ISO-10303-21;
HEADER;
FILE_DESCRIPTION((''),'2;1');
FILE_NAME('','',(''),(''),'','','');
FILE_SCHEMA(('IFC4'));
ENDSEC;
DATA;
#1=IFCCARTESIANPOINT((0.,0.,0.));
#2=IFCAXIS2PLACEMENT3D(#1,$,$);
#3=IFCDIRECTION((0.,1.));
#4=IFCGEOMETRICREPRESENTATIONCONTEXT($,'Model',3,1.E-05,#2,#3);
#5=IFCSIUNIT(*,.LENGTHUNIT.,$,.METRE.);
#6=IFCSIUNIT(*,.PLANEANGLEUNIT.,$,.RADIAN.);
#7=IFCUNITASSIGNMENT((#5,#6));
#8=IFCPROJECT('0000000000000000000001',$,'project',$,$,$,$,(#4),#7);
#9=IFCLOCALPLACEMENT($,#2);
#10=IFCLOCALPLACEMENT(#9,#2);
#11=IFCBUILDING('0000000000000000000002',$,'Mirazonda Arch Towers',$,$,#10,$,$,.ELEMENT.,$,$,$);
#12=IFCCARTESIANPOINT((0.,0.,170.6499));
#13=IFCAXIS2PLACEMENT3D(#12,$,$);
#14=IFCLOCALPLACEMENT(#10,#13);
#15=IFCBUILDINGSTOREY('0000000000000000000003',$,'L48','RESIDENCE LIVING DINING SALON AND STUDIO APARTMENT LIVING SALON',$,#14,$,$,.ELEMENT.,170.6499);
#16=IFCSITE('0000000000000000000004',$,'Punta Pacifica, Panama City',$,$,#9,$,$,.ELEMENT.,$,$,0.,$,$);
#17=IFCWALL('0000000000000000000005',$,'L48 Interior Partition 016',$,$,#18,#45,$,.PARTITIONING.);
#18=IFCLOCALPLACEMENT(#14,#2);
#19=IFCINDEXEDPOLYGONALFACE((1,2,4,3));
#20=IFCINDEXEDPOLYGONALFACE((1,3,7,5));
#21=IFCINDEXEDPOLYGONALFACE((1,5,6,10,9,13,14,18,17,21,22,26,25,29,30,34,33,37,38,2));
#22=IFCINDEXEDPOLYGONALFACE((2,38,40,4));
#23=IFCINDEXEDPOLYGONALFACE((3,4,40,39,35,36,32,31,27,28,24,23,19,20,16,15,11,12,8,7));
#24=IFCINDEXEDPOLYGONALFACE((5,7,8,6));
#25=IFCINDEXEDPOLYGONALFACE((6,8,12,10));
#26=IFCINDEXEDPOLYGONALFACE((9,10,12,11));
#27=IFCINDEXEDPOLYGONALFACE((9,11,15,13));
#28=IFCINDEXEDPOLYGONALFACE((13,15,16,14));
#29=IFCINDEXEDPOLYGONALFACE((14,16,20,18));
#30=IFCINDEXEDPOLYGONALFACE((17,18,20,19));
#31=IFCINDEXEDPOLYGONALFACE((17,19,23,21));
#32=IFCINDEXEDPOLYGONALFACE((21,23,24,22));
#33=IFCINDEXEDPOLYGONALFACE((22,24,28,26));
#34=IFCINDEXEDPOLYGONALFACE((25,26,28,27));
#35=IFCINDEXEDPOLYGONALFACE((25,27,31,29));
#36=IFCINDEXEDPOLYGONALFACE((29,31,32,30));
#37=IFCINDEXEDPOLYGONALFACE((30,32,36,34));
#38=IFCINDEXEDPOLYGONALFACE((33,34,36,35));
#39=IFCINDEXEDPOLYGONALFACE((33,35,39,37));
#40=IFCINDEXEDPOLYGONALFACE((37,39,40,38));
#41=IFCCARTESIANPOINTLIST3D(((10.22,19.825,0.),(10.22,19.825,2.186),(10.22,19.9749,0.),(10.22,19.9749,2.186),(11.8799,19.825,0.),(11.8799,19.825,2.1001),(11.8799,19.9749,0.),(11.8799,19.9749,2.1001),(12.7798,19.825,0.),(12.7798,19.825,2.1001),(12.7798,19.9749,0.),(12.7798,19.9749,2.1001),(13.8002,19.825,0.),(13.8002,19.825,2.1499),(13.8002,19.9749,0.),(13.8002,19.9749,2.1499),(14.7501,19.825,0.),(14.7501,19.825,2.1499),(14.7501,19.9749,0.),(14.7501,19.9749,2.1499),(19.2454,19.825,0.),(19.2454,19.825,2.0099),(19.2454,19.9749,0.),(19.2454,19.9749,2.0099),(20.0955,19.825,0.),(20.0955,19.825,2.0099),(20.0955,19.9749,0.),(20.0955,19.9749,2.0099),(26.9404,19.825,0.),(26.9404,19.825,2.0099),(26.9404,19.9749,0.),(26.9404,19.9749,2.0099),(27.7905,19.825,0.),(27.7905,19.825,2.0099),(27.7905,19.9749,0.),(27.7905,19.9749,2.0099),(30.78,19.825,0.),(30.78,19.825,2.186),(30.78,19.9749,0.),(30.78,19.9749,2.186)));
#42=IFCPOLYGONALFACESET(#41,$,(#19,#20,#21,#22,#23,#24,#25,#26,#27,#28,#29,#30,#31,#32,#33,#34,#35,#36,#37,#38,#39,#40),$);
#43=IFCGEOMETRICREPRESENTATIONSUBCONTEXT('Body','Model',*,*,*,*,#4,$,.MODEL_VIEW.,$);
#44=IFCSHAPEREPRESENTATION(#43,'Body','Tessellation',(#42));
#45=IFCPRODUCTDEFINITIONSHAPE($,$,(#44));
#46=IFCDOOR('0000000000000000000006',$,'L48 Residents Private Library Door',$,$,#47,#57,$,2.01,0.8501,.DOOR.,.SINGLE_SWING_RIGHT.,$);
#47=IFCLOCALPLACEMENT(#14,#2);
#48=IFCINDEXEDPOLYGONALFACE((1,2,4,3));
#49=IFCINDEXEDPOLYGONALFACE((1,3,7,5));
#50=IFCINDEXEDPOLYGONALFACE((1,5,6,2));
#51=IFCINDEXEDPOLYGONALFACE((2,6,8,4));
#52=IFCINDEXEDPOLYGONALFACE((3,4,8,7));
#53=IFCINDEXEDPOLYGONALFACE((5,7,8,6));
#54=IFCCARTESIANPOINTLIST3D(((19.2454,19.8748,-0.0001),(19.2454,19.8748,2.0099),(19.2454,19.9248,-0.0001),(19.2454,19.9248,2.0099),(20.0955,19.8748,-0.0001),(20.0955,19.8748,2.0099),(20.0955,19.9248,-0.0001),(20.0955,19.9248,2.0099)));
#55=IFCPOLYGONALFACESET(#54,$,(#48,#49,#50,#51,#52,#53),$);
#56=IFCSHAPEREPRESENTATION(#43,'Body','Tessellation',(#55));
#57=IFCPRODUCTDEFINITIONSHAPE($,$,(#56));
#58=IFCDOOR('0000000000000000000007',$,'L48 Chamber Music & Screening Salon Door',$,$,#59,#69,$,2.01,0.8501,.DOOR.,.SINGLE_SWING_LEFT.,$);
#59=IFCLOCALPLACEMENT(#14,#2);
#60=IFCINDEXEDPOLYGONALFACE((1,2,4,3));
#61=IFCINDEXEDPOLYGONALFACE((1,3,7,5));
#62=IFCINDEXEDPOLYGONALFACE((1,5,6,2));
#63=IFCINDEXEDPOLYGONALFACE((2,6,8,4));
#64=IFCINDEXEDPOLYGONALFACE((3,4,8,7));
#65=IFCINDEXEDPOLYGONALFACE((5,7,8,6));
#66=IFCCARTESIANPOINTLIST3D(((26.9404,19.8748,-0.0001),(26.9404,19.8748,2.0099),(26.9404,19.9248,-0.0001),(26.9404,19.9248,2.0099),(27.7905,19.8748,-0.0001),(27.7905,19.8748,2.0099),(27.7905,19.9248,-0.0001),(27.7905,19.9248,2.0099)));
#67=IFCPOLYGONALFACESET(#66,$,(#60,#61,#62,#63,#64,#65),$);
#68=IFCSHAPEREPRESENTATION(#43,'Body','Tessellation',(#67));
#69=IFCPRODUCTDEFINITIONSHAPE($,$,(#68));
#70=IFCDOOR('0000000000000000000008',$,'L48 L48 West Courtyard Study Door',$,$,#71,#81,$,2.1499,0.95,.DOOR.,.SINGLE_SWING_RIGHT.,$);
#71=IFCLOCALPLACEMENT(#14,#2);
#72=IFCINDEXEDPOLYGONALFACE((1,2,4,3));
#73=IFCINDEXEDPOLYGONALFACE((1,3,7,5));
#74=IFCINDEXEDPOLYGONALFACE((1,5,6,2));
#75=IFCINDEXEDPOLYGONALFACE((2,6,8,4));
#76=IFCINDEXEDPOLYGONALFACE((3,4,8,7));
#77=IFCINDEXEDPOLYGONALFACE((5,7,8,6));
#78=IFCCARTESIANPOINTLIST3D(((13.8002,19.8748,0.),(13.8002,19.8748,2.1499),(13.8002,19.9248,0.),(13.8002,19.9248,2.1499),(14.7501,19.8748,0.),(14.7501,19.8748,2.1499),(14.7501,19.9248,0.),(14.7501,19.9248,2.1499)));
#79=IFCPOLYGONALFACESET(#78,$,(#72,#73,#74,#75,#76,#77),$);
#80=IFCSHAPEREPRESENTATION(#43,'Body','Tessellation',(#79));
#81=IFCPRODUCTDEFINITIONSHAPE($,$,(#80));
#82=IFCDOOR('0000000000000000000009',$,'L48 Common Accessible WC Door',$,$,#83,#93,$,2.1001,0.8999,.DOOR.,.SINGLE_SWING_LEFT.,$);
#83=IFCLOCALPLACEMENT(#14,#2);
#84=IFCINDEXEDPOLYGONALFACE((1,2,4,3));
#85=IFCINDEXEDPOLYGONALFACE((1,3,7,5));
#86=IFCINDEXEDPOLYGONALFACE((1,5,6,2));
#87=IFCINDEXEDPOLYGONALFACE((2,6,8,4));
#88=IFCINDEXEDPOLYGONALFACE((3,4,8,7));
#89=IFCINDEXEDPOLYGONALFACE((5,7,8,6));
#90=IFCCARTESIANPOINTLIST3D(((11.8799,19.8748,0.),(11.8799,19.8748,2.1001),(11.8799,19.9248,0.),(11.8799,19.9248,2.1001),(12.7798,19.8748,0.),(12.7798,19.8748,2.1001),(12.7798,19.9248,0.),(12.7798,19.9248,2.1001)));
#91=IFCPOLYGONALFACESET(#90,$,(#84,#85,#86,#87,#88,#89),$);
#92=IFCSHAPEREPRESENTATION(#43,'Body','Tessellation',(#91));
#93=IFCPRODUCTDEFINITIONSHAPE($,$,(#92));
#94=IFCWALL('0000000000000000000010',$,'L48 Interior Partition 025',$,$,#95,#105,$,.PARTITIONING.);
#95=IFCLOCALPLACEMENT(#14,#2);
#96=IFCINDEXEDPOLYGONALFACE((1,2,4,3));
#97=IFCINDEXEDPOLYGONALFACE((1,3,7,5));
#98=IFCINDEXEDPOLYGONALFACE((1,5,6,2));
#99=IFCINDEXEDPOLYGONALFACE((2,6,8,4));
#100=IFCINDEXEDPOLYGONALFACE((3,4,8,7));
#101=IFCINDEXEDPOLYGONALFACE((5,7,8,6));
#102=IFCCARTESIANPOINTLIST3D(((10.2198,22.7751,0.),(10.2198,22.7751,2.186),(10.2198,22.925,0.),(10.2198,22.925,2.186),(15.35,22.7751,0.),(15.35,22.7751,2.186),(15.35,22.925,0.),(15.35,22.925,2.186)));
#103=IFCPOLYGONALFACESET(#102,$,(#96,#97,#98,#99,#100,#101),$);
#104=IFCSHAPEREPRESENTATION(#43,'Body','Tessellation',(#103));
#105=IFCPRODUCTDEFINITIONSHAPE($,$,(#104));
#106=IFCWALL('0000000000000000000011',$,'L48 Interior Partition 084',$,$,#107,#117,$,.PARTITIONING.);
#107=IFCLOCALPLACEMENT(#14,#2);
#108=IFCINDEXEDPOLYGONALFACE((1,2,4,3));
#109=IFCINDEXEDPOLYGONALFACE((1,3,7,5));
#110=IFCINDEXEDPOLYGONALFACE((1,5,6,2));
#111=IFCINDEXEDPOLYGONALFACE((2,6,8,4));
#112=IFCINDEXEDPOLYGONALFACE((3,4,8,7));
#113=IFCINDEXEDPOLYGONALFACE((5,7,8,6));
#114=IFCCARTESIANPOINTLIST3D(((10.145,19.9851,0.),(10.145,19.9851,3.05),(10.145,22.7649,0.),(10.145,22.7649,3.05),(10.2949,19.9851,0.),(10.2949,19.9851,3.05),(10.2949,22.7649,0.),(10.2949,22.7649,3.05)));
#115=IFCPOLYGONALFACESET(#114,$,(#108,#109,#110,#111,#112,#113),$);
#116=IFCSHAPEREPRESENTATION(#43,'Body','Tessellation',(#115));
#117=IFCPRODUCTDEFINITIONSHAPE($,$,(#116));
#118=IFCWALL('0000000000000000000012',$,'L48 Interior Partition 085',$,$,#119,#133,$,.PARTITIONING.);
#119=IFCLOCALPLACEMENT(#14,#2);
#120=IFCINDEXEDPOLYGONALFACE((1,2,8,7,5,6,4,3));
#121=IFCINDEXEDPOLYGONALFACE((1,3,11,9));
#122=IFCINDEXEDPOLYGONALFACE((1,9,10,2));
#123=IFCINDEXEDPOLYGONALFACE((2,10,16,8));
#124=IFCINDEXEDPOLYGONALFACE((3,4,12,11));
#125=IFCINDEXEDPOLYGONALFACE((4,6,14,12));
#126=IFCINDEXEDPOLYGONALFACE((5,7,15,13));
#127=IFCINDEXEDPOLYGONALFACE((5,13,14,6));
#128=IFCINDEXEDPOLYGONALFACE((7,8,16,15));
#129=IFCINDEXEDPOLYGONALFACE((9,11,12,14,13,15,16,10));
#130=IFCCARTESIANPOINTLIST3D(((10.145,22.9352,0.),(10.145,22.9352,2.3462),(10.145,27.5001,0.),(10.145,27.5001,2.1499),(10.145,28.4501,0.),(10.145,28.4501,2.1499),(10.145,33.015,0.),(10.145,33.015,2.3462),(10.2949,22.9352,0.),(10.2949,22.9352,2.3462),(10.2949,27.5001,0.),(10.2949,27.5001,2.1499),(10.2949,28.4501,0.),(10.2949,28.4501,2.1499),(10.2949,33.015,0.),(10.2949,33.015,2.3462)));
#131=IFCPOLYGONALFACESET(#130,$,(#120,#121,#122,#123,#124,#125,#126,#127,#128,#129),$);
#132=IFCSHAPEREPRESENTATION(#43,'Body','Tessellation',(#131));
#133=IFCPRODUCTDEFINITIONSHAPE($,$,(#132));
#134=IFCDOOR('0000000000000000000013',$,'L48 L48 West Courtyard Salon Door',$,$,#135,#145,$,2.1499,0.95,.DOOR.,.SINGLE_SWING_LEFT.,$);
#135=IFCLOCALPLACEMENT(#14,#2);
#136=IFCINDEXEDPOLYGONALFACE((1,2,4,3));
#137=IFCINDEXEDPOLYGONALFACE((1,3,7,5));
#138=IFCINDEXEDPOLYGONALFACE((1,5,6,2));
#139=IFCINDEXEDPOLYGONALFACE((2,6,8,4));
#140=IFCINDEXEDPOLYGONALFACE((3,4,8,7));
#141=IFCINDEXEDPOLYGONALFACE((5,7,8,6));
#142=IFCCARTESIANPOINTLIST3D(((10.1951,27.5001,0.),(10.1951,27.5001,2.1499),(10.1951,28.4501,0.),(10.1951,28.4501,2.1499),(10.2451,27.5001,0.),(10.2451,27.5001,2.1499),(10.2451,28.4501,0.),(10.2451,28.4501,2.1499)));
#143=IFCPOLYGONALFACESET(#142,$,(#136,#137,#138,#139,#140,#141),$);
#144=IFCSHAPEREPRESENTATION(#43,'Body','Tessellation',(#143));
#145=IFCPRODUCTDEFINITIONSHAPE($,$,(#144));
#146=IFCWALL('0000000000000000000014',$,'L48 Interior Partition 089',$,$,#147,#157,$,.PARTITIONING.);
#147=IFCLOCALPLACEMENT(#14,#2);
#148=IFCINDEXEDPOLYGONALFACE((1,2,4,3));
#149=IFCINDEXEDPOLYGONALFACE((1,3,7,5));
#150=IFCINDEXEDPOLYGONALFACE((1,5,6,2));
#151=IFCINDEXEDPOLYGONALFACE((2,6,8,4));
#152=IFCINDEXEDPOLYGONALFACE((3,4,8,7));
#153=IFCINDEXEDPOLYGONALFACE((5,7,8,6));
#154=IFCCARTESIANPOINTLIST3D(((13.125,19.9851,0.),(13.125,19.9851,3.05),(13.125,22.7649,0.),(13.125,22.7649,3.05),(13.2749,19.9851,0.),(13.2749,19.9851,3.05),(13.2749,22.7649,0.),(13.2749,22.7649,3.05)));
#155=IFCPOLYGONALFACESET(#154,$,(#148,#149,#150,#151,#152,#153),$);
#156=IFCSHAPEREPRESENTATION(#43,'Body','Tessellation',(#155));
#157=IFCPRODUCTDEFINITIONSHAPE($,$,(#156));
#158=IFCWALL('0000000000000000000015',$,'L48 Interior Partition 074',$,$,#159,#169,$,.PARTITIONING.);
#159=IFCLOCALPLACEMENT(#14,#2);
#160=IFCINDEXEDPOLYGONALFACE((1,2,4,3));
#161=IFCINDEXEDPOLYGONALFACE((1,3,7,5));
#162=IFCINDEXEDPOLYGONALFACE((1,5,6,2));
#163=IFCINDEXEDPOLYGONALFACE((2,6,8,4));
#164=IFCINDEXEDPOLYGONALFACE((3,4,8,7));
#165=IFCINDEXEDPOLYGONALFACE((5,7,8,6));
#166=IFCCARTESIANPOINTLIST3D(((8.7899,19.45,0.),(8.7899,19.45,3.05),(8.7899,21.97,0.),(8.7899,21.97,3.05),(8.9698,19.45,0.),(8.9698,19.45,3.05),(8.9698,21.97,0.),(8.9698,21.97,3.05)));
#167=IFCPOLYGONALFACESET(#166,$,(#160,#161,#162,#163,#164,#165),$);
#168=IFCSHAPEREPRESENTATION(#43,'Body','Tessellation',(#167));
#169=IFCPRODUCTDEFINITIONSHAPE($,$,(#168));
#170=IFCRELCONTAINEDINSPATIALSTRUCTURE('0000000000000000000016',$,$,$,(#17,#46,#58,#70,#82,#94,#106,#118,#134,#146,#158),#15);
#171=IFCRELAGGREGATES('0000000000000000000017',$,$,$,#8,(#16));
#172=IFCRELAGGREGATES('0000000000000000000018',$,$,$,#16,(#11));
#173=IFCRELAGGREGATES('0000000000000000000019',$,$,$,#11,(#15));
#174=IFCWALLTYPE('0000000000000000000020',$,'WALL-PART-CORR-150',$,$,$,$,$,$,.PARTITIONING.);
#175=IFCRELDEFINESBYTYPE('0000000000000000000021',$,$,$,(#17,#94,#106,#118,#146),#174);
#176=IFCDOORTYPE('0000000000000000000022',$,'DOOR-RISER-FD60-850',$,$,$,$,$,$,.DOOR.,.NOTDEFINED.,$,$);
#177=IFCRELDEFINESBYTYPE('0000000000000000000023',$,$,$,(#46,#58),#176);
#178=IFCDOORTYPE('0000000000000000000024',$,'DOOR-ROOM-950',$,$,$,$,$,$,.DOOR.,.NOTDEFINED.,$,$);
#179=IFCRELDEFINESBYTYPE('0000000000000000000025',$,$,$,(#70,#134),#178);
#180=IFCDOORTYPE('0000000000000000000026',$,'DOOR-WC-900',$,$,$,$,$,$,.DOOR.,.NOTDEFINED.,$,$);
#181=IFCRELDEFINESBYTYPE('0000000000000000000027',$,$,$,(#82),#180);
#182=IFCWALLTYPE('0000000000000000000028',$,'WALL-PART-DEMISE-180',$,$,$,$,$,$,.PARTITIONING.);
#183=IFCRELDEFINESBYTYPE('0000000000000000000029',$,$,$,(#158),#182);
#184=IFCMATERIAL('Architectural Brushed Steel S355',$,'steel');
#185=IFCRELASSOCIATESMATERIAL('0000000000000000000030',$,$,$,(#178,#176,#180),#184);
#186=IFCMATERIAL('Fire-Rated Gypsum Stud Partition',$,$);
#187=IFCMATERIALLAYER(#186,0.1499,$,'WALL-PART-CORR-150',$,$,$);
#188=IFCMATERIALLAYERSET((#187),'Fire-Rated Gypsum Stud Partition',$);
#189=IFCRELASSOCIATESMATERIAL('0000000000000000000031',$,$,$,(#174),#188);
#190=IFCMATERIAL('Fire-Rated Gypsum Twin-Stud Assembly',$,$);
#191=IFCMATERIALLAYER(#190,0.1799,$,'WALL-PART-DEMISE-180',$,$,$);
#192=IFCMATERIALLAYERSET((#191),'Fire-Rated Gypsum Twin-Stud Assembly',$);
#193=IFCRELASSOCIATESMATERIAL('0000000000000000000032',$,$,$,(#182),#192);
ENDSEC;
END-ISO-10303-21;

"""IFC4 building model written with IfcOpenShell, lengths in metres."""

from ifc_helpers import new_model, si_unit, direction, frame, frame_2d, origin, place, context, subcontext, project, spatial, rectangle, extrude, material, layer, layer_set, type_object, element, fill, save


model = new_model("IFC4")

# Units and contexts
model_context = context("Model", 3, precision=1e-05, world=origin(), true_north=direction((0.0, 1.0)))
body_context = subcontext(model_context, "Body", "Model", "MODEL_VIEW")
ifc_project = project(units=[si_unit("LENGTHUNIT", "METRE"), si_unit("PLANEANGLEUNIT", "RADIAN")], contexts=[model_context])

# Site, building, storey
site_placement = place(None, origin())
site = spatial("IfcSite", under=ifc_project, at=site_placement, Name="Punta Pacifica, Panama City", CompositionType="ELEMENT", RefElevation=0.0)
building_placement = place(site_placement, origin())
building = spatial("IfcBuilding", under=site, at=building_placement, Name="Mirazonda Arch Towers", CompositionType="ELEMENT")
storey_placement = place(building_placement, frame((0.0, 0.0, 170.6499)))
storey = spatial("IfcBuildingStorey", under=building, at=storey_placement, Name="L48", Description="RESIDENCE LIVING DINING SALON AND STUDIO APARTMENT LIVING SALON", CompositionType="ELEMENT", Elevation=170.6499)

# Shared definitions
ifc_material_1 = material(Name="Architectural Brushed Steel S355", Category="steel")

# Shared definitions
door_type_1 = type_object("IfcDoorType", Name="DOOR-ROOM-950", OperationType="NOTDEFINED", PredefinedType="DOOR", material=ifc_material_1)

# Shared definitions
ifc_material_2 = material(Name="Fire-Rated Gypsum Stud Partition")
ifc_layer_1 = layer(ifc_material_2, 0.1499, Name="WALL-PART-CORR-150")
ifc_layer_set_1 = layer_set([ifc_layer_1], Name="Fire-Rated Gypsum Stud Partition")
wall_type_1 = type_object("IfcWallType", Name="WALL-PART-CORR-150", PredefinedType="PARTITIONING", material=ifc_layer_set_1)

# Wall, openings, doors
wall_1_placement = place(storey_placement, frame((10.22, 19.8999, 0.0), z_axis=(0.0, 0.0, 1.0), x_axis=(1.0, 0.0, 0.0)))
wall_1 = element("IfcWall", 1, at=wall_1_placement, inside=storey, type_object=wall_type_1, Name="L48 Interior Partition 016", PredefinedType="PARTITIONING", context=body_context, shape_type="SweptSolid", body=[
    extrude(rectangle(XDim=20.5601, YDim=0.1499, at=frame_2d((10.28, 0.0))), origin(), (0.0, 0.0, 1.0), 2.186),
])
opening_1_placement = place(wall_1_placement, frame((1.6599, 0.0, 0.0)))
opening_1 = element("IfcOpeningElement", 2, at=opening_1_placement, cuts=wall_1, PredefinedType="OPENING", context=body_context, shape_type="SweptSolid", body=[
    extrude(rectangle(XDim=0.8999, YDim=2.1001, at=frame_2d((0.45, 1.05))), frame((0.0, 0.085, 0.0), z_axis=(0.0, -1.0, 0.0), x_axis=(1.0, 0.0, 0.0)), (0.0, 0.0, 1.0), 0.1699),
])
opening_2_placement = place(wall_1_placement, frame((3.5801, 0.0, 0.0)))
opening_2 = element("IfcOpeningElement", 3, at=opening_2_placement, cuts=wall_1, PredefinedType="OPENING", context=body_context, shape_type="SweptSolid", body=[
    extrude(rectangle(XDim=0.95, YDim=2.1499, at=frame_2d((0.4751, 1.075))), frame((0.0, 0.085, 0.0), z_axis=(0.0, -1.0, 0.0), x_axis=(1.0, 0.0, 0.0)), (0.0, 0.0, 1.0), 0.1699),
])
opening_3_placement = place(wall_1_placement, frame((9.0254, 0.0, 0.0)))
opening_3 = element("IfcOpeningElement", 4, at=opening_3_placement, cuts=wall_1, PredefinedType="OPENING", context=body_context, shape_type="SweptSolid", body=[
    extrude(rectangle(XDim=0.8501, YDim=2.01, at=frame_2d((0.425, 1.0049))), frame((0.0, 0.085, 0.0), z_axis=(0.0, -1.0, 0.0), x_axis=(1.0, 0.0, 0.0)), (0.0, 0.0, 1.0), 0.1699),
])
opening_4_placement = place(wall_1_placement, frame((16.7205, 0.0, 0.0)))
opening_4 = element("IfcOpeningElement", 5, at=opening_4_placement, cuts=wall_1, PredefinedType="OPENING", context=body_context, shape_type="SweptSolid", body=[
    extrude(rectangle(XDim=0.8501, YDim=2.01, at=frame_2d((0.425, 1.0049))), frame((0.0, 0.085, 0.0), z_axis=(0.0, -1.0, 0.0), x_axis=(1.0, 0.0, 0.0)), (0.0, 0.0, 1.0), 0.1699),
])
door_type_2 = type_object("IfcDoorType", Name="DOOR-RISER-FD60-850", OperationType="NOTDEFINED", PredefinedType="DOOR", material=ifc_material_1)
door_1_placement = place(opening_3_placement, origin())
door_1 = element("IfcDoor", 6, at=door_1_placement, inside=storey, type_object=door_type_2, Name="L48 Residents Private Library Door", OperationType="SINGLE_SWING_RIGHT", OverallHeight=2.01, OverallWidth=0.8501, PredefinedType="DOOR", context=body_context, shape_type="SweptSolid", body=[
    extrude(rectangle(XDim=0.8501, YDim=2.01, at=frame_2d((0.425, 1.0049))), frame((0.0, 0.0249, 0.0), z_axis=(0.0, -1.0, 0.0), x_axis=(1.0, 0.0, 0.0)), (0.0, 0.0, 1.0), 0.05),
])
fill(opening_3, door_1)
door_2_placement = place(opening_4_placement, origin())
door_2 = element("IfcDoor", 7, at=door_2_placement, inside=storey, type_object=door_type_2, Name="L48 Chamber Music & Screening Salon Door", OperationType="SINGLE_SWING_LEFT", OverallHeight=2.01, OverallWidth=0.8501, PredefinedType="DOOR", context=body_context, shape_type="SweptSolid", body=[
    extrude(rectangle(XDim=0.8501, YDim=2.01, at=frame_2d((0.425, 1.0049))), frame((0.0, 0.0249, 0.0), z_axis=(0.0, -1.0, 0.0), x_axis=(1.0, 0.0, 0.0)), (0.0, 0.0, 1.0), 0.05),
])
fill(opening_4, door_2)
door_3_placement = place(opening_2_placement, origin())
door_3 = element("IfcDoor", 8, at=door_3_placement, inside=storey, type_object=door_type_1, Name="L48 L48 West Courtyard Study Door", OperationType="SINGLE_SWING_RIGHT", OverallHeight=2.1499, OverallWidth=0.95, PredefinedType="DOOR", context=body_context, shape_type="SweptSolid", body=[
    extrude(rectangle(XDim=0.95, YDim=2.1499, at=frame_2d((0.4751, 1.075))), frame((0.0, 0.0249, 0.0), z_axis=(0.0, -1.0, 0.0), x_axis=(1.0, 0.0, 0.0)), (0.0, 0.0, 1.0), 0.05),
])
fill(opening_2, door_3)
door_type_3 = type_object("IfcDoorType", Name="DOOR-WC-900", OperationType="NOTDEFINED", PredefinedType="DOOR", material=ifc_material_1)
door_4_placement = place(opening_1_placement, origin())
door_4 = element("IfcDoor", 9, at=door_4_placement, inside=storey, type_object=door_type_3, Name="L48 Common Accessible WC Door", OperationType="SINGLE_SWING_LEFT", OverallHeight=2.1001, OverallWidth=0.8999, PredefinedType="DOOR", context=body_context, shape_type="SweptSolid", body=[
    extrude(rectangle(XDim=0.8999, YDim=2.1001, at=frame_2d((0.45, 1.05))), frame((0.0, 0.0249, 0.0), z_axis=(0.0, -1.0, 0.0), x_axis=(1.0, 0.0, 0.0)), (0.0, 0.0, 1.0), 0.05),
])
fill(opening_1, door_4)

# Walls
wall_2_placement = place(storey_placement, frame((10.22, 22.8501, 0.0), z_axis=(0.0, 0.0, 1.0), x_axis=(1.0, 0.0, 0.0)))
element("IfcWall", 10, at=wall_2_placement, inside=storey, type_object=wall_type_1, Name="L48 Interior Partition 025", PredefinedType="PARTITIONING", context=body_context, shape_type="SweptSolid", body=[
    extrude(rectangle(XDim=5.1301, YDim=0.1499, at=frame_2d((2.5649, 0.0))), origin(), (0.0, 0.0, 1.0), 2.186),
])
wall_3_placement = place(storey_placement, frame((10.22, 19.9851, 0.0), z_axis=(0.0, 0.0, 1.0), x_axis=(0.0, 1.0, 0.0)))
element("IfcWall", 11, at=wall_3_placement, inside=storey, type_object=wall_type_1, Name="L48 Interior Partition 084", PredefinedType="PARTITIONING", context=body_context, shape_type="SweptSolid", body=[
    extrude(rectangle(XDim=2.7798, YDim=0.1499, at=frame_2d((1.3899, 0.0))), origin(), (0.0, 0.0, 1.0), 3.05),
])

# Wall, opening, door
wall_4_placement = place(storey_placement, frame((10.22, 22.9351, 0.0), z_axis=(0.0, 0.0, 1.0), x_axis=(0.0, 1.0, 0.0)))
wall_4 = element("IfcWall", 12, at=wall_4_placement, inside=storey, type_object=wall_type_1, Name="L48 Interior Partition 085", PredefinedType="PARTITIONING", context=body_context, shape_type="SweptSolid", body=[
    extrude(rectangle(XDim=10.0798, YDim=0.1499, at=frame_2d((5.04, 0.0))), origin(), (0.0, 0.0, 1.0), 2.3462),
])
opening_5_placement = place(wall_4_placement, frame((4.5649, 0.0, 0.0)))
opening_5 = element("IfcOpeningElement", 13, at=opening_5_placement, cuts=wall_4, PredefinedType="OPENING", context=body_context, shape_type="SweptSolid", body=[
    extrude(rectangle(XDim=0.95, YDim=2.1499, at=frame_2d((0.4751, 1.075))), frame((0.0, 0.085, 0.0), z_axis=(0.0, -1.0, 0.0), x_axis=(1.0, 0.0, 0.0)), (0.0, 0.0, 1.0), 0.1699),
])
door_5_placement = place(opening_5_placement, origin())
door_5 = element("IfcDoor", 14, at=door_5_placement, inside=storey, type_object=door_type_1, Name="L48 L48 West Courtyard Salon Door", OperationType="SINGLE_SWING_LEFT", OverallHeight=2.1499, OverallWidth=0.95, PredefinedType="DOOR", context=body_context, shape_type="SweptSolid", body=[
    extrude(rectangle(XDim=0.95, YDim=2.1499, at=frame_2d((0.4751, 1.075))), frame((0.0, 0.0249, 0.0), z_axis=(0.0, -1.0, 0.0), x_axis=(1.0, 0.0, 0.0)), (0.0, 0.0, 1.0), 0.05),
])
fill(opening_5, door_5)

# Walls
wall_5_placement = place(storey_placement, frame((13.2, 19.9851, 0.0), z_axis=(0.0, 0.0, 1.0), x_axis=(0.0, 1.0, 0.0)))
element("IfcWall", 15, at=wall_5_placement, inside=storey, type_object=wall_type_1, Name="L48 Interior Partition 089", PredefinedType="PARTITIONING", context=body_context, shape_type="SweptSolid", body=[
    extrude(rectangle(XDim=2.7798, YDim=0.1499, at=frame_2d((1.3899, 0.0))), origin(), (0.0, 0.0, 1.0), 3.05),
])
ifc_material_3 = material(Name="Fire-Rated Gypsum Twin-Stud Assembly")
ifc_layer_2 = layer(ifc_material_3, 0.1799, Name="WALL-PART-DEMISE-180")
ifc_layer_set_2 = layer_set([ifc_layer_2], Name="Fire-Rated Gypsum Twin-Stud Assembly")
wall_type_2 = type_object("IfcWallType", Name="WALL-PART-DEMISE-180", PredefinedType="PARTITIONING", material=ifc_layer_set_2)
wall_6_placement = place(storey_placement, frame((8.8799, 19.45, 0.0), z_axis=(0.0, 0.0, 1.0), x_axis=(0.0, 1.0, 0.0)))
element("IfcWall", 16, at=wall_6_placement, inside=storey, type_object=wall_type_2, Name="L48 Interior Partition 074", PredefinedType="PARTITIONING", context=body_context, shape_type="SweptSolid", body=[
    extrude(rectangle(XDim=2.52, YDim=0.1799, at=frame_2d((1.26, 0.0))), origin(), (0.0, 0.0, 1.0), 3.05),
])

save(model, "model.ifc")
